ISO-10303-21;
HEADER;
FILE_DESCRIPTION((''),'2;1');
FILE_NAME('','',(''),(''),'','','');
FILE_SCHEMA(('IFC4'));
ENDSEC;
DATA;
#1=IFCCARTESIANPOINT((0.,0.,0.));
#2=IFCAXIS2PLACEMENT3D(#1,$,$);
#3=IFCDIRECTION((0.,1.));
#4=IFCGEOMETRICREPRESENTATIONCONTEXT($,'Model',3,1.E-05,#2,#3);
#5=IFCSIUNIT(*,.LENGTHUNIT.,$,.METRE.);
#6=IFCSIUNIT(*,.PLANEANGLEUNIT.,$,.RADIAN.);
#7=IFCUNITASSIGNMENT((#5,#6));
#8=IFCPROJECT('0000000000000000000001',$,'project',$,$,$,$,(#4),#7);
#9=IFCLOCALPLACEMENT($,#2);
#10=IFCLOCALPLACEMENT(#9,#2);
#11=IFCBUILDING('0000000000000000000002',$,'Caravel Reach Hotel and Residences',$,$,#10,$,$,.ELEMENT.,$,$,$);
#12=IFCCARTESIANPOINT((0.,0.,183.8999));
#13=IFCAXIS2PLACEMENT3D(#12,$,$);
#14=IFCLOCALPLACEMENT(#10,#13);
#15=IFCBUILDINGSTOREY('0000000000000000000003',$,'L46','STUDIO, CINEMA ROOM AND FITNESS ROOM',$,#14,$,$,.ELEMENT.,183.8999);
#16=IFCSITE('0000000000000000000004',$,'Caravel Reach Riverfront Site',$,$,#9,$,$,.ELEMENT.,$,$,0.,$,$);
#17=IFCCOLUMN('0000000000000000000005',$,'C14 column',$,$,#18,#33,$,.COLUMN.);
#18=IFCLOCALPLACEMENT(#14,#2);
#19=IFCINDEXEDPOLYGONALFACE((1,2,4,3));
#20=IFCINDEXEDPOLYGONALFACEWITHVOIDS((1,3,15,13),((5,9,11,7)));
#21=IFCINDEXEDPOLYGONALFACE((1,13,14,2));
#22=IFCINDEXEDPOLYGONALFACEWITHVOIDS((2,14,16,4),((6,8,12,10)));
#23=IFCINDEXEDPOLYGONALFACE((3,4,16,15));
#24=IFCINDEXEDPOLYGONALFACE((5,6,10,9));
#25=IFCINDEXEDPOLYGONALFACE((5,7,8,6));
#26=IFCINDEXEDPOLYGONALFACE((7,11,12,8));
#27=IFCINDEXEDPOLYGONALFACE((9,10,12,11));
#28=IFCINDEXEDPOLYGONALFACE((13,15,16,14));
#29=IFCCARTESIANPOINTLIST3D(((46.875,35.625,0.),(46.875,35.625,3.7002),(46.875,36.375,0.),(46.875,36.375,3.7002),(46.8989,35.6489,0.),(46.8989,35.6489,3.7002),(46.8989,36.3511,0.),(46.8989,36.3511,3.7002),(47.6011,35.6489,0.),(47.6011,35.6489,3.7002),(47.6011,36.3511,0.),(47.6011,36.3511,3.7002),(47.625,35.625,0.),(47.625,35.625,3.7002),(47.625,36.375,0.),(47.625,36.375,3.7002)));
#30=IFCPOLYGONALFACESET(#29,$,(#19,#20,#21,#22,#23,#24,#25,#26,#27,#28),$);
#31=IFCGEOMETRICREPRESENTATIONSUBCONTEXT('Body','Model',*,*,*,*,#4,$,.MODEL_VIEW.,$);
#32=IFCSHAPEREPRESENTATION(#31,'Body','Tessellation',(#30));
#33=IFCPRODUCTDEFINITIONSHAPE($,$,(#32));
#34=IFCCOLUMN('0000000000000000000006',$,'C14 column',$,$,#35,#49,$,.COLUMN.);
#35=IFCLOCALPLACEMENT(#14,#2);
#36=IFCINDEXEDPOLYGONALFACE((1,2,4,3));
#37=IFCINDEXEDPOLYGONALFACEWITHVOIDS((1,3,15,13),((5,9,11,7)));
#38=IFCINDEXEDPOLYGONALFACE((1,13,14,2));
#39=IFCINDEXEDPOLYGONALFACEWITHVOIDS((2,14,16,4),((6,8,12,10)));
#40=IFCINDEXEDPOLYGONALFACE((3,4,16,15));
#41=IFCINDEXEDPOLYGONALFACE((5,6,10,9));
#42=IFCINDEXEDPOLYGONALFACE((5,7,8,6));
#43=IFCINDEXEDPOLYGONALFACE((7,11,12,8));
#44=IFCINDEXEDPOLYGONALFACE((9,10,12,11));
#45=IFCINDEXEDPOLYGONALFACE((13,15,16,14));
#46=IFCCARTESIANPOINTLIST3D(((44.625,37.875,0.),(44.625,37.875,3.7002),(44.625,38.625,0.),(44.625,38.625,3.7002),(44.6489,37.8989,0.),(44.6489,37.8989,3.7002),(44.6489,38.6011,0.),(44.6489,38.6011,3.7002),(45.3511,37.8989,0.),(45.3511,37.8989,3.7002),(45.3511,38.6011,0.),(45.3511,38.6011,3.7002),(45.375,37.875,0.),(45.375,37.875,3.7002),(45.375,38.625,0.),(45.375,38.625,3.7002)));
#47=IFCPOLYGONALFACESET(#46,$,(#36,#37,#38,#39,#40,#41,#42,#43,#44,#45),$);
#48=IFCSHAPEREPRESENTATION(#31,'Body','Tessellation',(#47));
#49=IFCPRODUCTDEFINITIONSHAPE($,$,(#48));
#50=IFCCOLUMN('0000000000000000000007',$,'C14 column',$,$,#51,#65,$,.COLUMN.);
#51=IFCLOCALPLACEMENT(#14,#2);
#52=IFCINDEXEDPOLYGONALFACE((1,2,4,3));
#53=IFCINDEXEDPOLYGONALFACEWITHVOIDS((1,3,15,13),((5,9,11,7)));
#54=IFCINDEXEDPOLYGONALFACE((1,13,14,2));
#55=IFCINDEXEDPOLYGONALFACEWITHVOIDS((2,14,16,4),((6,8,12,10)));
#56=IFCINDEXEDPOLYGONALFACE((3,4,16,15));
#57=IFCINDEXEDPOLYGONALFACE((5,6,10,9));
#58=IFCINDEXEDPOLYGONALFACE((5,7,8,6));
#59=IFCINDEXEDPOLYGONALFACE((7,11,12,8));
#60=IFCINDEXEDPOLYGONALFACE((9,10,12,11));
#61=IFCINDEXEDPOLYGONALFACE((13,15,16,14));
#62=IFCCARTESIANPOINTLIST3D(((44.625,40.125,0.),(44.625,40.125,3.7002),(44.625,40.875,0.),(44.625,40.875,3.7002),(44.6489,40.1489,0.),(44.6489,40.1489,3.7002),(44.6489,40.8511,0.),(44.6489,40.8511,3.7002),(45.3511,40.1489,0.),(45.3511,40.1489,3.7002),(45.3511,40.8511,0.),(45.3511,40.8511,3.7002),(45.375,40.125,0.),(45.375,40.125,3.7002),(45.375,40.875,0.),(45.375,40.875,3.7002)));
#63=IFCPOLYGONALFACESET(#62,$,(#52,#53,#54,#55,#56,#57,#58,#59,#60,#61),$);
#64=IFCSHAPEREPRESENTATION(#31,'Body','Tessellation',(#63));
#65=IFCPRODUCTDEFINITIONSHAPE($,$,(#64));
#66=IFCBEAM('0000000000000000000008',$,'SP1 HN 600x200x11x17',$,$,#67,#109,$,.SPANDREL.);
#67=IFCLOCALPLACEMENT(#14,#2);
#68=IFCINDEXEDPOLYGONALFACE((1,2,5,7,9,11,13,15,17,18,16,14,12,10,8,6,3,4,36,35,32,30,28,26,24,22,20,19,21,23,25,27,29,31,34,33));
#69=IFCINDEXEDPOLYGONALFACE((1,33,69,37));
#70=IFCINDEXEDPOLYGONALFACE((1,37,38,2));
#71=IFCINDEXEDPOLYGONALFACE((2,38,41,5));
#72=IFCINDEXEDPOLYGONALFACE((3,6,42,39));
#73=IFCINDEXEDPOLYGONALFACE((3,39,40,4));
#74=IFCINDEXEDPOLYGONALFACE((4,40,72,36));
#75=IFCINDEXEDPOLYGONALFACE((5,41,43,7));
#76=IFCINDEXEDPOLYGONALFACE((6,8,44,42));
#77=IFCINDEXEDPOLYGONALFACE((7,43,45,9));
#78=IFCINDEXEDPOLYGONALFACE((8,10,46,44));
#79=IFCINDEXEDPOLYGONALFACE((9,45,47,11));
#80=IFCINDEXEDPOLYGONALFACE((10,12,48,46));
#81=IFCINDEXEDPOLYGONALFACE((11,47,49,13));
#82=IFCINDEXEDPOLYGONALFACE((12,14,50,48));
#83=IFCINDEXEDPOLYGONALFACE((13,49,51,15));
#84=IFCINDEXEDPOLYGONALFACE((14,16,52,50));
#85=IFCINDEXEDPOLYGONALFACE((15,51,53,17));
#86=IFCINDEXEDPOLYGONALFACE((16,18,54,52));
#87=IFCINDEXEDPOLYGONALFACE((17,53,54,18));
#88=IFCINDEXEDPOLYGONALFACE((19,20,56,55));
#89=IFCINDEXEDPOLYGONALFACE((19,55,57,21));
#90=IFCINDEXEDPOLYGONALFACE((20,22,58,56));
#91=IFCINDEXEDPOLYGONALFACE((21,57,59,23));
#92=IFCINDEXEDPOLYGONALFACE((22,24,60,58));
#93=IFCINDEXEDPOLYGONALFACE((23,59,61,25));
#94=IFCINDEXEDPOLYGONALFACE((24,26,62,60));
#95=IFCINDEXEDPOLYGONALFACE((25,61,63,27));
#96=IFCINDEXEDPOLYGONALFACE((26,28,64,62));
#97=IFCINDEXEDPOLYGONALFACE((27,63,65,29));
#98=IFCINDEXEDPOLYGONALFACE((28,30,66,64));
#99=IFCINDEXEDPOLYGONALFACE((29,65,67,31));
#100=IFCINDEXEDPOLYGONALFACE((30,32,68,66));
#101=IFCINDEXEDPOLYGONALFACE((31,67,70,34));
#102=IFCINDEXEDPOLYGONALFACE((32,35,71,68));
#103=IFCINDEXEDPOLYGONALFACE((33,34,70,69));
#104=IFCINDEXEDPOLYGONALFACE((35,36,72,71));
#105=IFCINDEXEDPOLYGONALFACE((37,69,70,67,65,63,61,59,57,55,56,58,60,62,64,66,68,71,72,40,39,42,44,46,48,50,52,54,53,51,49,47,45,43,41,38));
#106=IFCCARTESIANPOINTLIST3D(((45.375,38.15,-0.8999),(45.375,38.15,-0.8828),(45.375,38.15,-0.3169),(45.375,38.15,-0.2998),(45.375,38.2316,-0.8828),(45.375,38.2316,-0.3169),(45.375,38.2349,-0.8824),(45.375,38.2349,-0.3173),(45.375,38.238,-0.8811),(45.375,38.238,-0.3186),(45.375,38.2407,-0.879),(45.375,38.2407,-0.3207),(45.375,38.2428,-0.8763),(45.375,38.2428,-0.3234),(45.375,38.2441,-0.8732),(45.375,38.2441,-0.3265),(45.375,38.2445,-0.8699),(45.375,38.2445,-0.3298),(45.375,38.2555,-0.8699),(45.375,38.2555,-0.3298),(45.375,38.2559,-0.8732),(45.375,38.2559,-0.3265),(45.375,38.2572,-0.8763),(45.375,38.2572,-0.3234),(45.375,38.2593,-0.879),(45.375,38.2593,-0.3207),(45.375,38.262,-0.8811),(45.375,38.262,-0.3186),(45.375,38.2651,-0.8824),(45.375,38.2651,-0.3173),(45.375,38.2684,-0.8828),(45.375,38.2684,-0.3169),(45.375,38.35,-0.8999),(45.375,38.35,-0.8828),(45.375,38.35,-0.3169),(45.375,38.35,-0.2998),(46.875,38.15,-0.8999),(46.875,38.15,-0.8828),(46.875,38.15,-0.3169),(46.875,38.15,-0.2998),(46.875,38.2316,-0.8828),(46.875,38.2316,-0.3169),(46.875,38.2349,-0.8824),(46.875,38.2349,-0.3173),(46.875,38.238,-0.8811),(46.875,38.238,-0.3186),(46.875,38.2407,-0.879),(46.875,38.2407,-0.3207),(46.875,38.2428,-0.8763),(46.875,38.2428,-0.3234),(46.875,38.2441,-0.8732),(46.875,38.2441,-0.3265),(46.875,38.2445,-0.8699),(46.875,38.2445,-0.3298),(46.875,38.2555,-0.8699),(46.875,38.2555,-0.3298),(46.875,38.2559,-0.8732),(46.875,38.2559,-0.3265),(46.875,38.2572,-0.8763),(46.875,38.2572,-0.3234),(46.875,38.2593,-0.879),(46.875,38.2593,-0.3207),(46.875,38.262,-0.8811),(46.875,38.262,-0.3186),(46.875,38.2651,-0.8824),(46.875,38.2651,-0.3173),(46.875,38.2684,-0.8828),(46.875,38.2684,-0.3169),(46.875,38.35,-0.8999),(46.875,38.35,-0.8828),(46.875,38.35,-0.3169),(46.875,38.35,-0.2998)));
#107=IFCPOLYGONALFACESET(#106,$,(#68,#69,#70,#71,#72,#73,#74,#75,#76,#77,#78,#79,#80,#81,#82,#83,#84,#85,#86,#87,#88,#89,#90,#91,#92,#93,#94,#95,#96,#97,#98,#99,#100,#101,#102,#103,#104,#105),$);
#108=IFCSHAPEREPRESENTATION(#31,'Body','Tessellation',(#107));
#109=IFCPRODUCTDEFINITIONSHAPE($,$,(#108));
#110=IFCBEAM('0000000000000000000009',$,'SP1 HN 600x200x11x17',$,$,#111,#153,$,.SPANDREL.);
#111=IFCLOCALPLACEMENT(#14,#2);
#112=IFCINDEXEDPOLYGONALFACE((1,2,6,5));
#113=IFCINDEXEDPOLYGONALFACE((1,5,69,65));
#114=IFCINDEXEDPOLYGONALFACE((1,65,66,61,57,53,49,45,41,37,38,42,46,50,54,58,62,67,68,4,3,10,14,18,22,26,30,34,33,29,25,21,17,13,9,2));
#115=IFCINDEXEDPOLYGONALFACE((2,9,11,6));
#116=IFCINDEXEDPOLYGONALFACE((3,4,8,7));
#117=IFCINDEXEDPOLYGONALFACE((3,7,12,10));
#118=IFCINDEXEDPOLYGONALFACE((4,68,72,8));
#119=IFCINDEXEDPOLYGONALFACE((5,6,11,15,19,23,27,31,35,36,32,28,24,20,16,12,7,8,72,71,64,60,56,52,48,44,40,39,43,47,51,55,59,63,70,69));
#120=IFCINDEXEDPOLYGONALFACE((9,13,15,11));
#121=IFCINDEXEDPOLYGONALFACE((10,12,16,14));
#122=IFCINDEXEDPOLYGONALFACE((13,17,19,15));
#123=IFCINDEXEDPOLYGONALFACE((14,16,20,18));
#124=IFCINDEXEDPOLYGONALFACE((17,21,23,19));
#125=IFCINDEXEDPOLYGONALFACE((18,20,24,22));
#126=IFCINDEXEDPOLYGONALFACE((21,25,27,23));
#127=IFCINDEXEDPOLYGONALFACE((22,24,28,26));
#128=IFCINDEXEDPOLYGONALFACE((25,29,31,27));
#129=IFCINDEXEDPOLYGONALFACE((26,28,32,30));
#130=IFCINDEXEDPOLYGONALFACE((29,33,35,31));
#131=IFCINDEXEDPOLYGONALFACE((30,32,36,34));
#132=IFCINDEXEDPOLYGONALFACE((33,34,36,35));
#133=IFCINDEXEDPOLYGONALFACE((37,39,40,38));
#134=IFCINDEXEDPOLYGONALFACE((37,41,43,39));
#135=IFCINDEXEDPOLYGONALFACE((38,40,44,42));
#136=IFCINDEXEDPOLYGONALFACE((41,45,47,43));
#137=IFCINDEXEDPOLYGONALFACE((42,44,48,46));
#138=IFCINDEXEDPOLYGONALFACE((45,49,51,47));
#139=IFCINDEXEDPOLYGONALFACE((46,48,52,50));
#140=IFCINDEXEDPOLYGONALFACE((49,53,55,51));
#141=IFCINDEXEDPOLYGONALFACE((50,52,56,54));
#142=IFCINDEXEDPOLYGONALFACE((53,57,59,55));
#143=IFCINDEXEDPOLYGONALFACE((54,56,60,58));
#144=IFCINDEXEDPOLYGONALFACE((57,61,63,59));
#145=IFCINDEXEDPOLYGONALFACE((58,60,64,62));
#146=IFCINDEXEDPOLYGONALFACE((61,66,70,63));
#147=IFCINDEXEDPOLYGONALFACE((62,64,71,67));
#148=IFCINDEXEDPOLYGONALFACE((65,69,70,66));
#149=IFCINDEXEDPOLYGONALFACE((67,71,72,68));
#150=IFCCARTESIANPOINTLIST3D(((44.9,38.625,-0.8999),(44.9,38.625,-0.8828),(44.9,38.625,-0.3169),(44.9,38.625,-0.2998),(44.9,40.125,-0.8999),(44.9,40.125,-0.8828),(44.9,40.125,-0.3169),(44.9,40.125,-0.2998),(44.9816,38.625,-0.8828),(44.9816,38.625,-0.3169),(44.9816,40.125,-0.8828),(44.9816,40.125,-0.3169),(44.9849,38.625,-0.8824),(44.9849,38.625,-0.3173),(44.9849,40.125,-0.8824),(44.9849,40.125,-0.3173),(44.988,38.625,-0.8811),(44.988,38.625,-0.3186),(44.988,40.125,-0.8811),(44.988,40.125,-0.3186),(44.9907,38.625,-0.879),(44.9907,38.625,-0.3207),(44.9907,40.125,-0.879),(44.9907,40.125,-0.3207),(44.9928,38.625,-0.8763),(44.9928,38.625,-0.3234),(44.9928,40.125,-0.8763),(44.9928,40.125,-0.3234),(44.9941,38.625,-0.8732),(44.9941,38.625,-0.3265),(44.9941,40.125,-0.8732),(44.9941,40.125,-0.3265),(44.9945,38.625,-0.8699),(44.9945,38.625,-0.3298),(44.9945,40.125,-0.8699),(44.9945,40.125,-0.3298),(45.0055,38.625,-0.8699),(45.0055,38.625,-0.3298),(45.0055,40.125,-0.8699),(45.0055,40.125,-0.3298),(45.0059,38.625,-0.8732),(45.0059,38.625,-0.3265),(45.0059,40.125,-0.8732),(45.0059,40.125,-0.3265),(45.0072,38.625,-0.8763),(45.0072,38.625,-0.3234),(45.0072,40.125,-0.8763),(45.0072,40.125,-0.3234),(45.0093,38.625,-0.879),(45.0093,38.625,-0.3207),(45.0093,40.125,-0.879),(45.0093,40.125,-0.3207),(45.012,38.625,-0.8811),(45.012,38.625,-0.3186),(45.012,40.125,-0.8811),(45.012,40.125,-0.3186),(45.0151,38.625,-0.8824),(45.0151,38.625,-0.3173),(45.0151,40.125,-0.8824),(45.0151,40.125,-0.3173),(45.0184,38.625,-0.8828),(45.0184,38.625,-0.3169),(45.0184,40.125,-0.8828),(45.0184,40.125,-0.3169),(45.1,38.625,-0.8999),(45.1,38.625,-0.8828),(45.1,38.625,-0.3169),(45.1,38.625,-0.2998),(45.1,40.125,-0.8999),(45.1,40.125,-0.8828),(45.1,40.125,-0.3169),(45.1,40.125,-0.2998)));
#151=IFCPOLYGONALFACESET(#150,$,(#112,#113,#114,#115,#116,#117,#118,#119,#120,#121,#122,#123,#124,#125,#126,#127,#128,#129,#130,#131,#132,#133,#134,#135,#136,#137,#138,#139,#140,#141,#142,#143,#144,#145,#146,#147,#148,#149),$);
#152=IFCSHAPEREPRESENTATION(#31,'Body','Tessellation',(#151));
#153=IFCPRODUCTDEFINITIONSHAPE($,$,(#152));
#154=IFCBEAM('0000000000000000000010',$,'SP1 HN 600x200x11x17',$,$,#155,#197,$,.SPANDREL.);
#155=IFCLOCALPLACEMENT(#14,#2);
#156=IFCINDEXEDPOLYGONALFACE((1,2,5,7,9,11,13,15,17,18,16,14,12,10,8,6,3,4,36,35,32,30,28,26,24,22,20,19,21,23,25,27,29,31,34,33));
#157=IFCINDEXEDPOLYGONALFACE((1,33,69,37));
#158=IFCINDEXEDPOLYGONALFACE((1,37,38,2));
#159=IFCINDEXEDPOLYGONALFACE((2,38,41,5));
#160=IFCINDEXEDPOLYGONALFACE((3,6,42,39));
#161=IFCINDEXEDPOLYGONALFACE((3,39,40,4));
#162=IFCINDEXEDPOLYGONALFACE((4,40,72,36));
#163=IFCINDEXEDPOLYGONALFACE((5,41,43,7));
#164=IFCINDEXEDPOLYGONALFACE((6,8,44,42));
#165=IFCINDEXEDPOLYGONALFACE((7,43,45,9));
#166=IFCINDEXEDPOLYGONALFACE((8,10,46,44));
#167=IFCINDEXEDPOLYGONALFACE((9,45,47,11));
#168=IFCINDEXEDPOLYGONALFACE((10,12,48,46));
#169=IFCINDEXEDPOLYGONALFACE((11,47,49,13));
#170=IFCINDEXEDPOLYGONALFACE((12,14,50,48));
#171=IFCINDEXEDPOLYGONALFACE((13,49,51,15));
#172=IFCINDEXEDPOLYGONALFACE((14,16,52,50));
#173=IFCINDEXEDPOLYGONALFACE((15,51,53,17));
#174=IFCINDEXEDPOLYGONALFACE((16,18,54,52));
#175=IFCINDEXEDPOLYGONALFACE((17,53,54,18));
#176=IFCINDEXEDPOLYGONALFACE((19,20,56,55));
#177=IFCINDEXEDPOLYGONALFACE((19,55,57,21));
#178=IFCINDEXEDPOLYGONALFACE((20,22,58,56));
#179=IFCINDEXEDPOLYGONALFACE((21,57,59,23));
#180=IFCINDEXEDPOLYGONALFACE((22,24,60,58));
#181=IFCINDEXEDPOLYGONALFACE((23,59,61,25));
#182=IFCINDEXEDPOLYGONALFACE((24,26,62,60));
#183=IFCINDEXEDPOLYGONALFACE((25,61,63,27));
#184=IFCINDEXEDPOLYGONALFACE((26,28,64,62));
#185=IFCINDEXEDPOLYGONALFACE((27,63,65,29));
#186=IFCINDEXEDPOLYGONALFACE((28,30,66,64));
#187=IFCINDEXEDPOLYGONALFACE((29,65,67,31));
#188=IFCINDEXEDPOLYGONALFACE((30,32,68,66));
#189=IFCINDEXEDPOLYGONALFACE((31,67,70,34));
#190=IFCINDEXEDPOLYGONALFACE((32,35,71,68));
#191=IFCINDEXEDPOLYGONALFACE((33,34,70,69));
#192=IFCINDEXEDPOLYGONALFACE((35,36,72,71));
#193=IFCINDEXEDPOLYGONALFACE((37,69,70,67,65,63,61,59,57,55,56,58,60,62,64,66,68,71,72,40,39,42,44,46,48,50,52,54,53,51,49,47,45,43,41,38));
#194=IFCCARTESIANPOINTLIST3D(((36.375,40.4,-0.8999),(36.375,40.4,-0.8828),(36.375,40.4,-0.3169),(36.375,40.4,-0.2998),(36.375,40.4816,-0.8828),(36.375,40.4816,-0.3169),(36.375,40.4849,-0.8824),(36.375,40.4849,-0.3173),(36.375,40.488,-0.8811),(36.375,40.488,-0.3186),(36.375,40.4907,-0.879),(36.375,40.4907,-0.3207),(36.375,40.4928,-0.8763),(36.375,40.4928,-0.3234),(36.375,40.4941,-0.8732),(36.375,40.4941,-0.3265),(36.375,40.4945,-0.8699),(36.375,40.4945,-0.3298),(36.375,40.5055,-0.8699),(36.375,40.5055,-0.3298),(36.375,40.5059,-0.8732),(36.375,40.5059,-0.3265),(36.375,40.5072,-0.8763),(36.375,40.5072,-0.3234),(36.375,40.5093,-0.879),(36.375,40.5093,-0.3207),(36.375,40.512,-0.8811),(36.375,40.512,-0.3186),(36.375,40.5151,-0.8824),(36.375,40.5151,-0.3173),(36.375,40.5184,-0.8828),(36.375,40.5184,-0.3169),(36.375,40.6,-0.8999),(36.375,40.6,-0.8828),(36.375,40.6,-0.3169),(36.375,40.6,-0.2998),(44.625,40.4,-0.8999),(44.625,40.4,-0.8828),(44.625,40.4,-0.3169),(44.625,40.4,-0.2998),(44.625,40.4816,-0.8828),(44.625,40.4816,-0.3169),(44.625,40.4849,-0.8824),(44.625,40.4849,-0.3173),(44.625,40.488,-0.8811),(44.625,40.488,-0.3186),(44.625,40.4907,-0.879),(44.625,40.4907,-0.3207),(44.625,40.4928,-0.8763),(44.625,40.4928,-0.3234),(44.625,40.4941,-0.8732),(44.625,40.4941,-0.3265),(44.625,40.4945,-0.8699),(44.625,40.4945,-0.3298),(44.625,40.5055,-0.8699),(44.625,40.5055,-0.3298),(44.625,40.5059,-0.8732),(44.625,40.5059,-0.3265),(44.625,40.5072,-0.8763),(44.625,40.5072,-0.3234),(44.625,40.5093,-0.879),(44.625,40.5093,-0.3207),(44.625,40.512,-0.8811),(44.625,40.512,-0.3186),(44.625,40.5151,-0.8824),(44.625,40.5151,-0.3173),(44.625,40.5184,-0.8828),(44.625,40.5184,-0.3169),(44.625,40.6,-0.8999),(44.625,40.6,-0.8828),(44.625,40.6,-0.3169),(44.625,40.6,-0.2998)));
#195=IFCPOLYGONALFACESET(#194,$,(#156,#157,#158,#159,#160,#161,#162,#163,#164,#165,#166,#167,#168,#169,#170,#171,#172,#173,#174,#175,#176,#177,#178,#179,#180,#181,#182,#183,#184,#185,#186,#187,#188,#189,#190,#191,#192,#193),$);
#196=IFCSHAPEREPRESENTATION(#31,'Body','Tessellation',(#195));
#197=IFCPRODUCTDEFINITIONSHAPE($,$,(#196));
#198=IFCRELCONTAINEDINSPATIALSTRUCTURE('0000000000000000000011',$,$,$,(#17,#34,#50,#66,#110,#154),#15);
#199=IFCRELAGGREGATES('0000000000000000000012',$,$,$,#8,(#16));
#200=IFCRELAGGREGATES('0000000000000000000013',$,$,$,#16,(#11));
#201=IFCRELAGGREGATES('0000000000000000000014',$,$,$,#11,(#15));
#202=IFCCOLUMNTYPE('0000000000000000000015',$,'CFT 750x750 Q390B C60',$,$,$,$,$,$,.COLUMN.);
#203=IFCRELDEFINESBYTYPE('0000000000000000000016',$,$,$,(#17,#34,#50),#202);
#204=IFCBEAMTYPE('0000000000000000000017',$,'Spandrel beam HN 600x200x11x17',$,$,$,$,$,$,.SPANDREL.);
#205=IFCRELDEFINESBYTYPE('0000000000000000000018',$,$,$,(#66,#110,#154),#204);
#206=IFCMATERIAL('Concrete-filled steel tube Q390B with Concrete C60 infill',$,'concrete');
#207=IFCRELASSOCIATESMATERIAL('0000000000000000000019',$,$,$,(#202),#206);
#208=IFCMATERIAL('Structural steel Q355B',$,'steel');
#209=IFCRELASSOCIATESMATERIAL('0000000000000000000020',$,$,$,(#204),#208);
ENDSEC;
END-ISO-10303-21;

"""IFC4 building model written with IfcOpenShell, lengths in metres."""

from ifc_helpers import new_model, si_unit, direction, frame, origin, origin_2d, place, context, subcontext, project, spatial, hollow_rectangle, i_section, extrude, material, material_profile, profile_set, type_object, element, save


model = new_model("IFC4")

# Units and contexts
model_context = context("Model", 3, precision=1e-05, world=origin(), true_north=direction((0.0, 1.0)))
body_context = subcontext(model_context, "Body", "Model", "MODEL_VIEW")
ifc_project = project(units=[si_unit("LENGTHUNIT", "METRE"), si_unit("PLANEANGLEUNIT", "RADIAN")], contexts=[model_context])

# Site, building, storey
site_placement = place(None, origin())
site = spatial("IfcSite", under=ifc_project, at=site_placement, Name="Caravel Reach Riverfront Site", CompositionType="ELEMENT", RefElevation=0.0)
building_placement = place(site_placement, origin())
building = spatial("IfcBuilding", under=site, at=building_placement, Name="Caravel Reach Hotel and Residences", CompositionType="ELEMENT")
storey_placement = place(building_placement, frame((0.0, 0.0, 183.8999)))
storey = spatial("IfcBuildingStorey", under=building, at=storey_placement, Name="L46", Description="STUDIO, CINEMA ROOM AND FITNESS ROOM", CompositionType="ELEMENT", Elevation=183.8999)

# Columns
ifc_material_1 = material(Name="Concrete-filled steel tube Q390B with Concrete C60 infill", Category="concrete")
ifc_material_profile_1 = material_profile(ifc_material_1, hollow_rectangle(XDim=0.75, YDim=0.75, WallThickness=0.0239, at=origin_2d()), Name="RHS 750x750x24")
ifc_profile_set_1 = profile_set([ifc_material_profile_1], Name="Concrete-filled steel tube Q390B with Concrete C60 infill")
column_type = type_object("IfcColumnType", Name="CFT 750x750 Q390B C60", PredefinedType="COLUMN", material=ifc_profile_set_1)
for number, where, z_axis, x_axis, name in (
    (1, (47.25, 36.0, 0.0), (0.0, 0.0, 1.0), (1.0, 0.0, 0.0), "C14 column"),
    (2, (45.0, 38.25, 0.0), (0.0, 0.0, 1.0), (1.0, 0.0, 0.0), "C14 column"),
    (3, (45.0, 40.5, 0.0), (0.0, 0.0, 1.0), (1.0, 0.0, 0.0), "C14 column"),
):
    element("IfcColumn", number, at=place(storey_placement, frame(where, z_axis=z_axis, x_axis=x_axis)), inside=storey, type_object=column_type, Name=name, PredefinedType="COLUMN", context=body_context, shape_type="SweptSolid", body=[
        extrude(hollow_rectangle(XDim=0.75, YDim=0.75, WallThickness=0.0239, at=origin_2d()), origin(), (0.0, 0.0, 1.0), 3.7002),
    ])

# Beams
ifc_material_2 = material(Name="Structural steel Q355B", Category="steel")
ifc_material_profile_2 = material_profile(ifc_material_2, i_section(OverallWidth=0.2, OverallDepth=0.6001, WebThickness=0.011, FlangeThickness=0.0171, FilletRadius=0.0129, at=origin_2d()), Name="HN 600x200x11x17")
ifc_profile_set_2 = profile_set([ifc_material_profile_2], Name="Structural steel Q355B")
beam_type = type_object("IfcBeamType", Name="Spandrel beam HN 600x200x11x17", PredefinedType="SPANDREL", material=ifc_profile_set_2)
for number, where, z_axis, x_axis, name in (
    (4, (46.875, 38.25, -0.5999), (-1.0, 0.0, 0.0), (0.0, -1.0, 0.0), "SP1 HN 600x200x11x17"),
    (5, (45.0, 38.625, -0.5999), (0.0, 1.0, 0.0), (-1.0, 0.0, 0.0), "SP1 HN 600x200x11x17"),
):
    element("IfcBeam", number, at=place(storey_placement, frame(where, z_axis=z_axis, x_axis=x_axis)), inside=storey, type_object=beam_type, Name=name, PredefinedType="SPANDREL", context=body_context, shape_type="SweptSolid", body=[
        extrude(i_section(OverallWidth=0.2, OverallDepth=0.6001, WebThickness=0.011, FlangeThickness=0.0171, FilletRadius=0.0129, at=origin_2d()), origin(), (0.0, 0.0, 1.0), 1.5),
    ])
beam_placement = place(storey_placement, frame((44.625, 40.5, -0.5999), z_axis=(-1.0, 0.0, 0.0), x_axis=(0.0, -1.0, 0.0)))
element("IfcBeam", 6, at=beam_placement, inside=storey, type_object=beam_type, Name="SP1 HN 600x200x11x17", PredefinedType="SPANDREL", context=body_context, shape_type="SweptSolid", body=[
    extrude(i_section(OverallWidth=0.2, OverallDepth=0.6001, WebThickness=0.011, FlangeThickness=0.0171, FilletRadius=0.0129, at=origin_2d()), origin(), (0.0, 0.0, 1.0), 8.25),
])

save(model, "model.ifc")
